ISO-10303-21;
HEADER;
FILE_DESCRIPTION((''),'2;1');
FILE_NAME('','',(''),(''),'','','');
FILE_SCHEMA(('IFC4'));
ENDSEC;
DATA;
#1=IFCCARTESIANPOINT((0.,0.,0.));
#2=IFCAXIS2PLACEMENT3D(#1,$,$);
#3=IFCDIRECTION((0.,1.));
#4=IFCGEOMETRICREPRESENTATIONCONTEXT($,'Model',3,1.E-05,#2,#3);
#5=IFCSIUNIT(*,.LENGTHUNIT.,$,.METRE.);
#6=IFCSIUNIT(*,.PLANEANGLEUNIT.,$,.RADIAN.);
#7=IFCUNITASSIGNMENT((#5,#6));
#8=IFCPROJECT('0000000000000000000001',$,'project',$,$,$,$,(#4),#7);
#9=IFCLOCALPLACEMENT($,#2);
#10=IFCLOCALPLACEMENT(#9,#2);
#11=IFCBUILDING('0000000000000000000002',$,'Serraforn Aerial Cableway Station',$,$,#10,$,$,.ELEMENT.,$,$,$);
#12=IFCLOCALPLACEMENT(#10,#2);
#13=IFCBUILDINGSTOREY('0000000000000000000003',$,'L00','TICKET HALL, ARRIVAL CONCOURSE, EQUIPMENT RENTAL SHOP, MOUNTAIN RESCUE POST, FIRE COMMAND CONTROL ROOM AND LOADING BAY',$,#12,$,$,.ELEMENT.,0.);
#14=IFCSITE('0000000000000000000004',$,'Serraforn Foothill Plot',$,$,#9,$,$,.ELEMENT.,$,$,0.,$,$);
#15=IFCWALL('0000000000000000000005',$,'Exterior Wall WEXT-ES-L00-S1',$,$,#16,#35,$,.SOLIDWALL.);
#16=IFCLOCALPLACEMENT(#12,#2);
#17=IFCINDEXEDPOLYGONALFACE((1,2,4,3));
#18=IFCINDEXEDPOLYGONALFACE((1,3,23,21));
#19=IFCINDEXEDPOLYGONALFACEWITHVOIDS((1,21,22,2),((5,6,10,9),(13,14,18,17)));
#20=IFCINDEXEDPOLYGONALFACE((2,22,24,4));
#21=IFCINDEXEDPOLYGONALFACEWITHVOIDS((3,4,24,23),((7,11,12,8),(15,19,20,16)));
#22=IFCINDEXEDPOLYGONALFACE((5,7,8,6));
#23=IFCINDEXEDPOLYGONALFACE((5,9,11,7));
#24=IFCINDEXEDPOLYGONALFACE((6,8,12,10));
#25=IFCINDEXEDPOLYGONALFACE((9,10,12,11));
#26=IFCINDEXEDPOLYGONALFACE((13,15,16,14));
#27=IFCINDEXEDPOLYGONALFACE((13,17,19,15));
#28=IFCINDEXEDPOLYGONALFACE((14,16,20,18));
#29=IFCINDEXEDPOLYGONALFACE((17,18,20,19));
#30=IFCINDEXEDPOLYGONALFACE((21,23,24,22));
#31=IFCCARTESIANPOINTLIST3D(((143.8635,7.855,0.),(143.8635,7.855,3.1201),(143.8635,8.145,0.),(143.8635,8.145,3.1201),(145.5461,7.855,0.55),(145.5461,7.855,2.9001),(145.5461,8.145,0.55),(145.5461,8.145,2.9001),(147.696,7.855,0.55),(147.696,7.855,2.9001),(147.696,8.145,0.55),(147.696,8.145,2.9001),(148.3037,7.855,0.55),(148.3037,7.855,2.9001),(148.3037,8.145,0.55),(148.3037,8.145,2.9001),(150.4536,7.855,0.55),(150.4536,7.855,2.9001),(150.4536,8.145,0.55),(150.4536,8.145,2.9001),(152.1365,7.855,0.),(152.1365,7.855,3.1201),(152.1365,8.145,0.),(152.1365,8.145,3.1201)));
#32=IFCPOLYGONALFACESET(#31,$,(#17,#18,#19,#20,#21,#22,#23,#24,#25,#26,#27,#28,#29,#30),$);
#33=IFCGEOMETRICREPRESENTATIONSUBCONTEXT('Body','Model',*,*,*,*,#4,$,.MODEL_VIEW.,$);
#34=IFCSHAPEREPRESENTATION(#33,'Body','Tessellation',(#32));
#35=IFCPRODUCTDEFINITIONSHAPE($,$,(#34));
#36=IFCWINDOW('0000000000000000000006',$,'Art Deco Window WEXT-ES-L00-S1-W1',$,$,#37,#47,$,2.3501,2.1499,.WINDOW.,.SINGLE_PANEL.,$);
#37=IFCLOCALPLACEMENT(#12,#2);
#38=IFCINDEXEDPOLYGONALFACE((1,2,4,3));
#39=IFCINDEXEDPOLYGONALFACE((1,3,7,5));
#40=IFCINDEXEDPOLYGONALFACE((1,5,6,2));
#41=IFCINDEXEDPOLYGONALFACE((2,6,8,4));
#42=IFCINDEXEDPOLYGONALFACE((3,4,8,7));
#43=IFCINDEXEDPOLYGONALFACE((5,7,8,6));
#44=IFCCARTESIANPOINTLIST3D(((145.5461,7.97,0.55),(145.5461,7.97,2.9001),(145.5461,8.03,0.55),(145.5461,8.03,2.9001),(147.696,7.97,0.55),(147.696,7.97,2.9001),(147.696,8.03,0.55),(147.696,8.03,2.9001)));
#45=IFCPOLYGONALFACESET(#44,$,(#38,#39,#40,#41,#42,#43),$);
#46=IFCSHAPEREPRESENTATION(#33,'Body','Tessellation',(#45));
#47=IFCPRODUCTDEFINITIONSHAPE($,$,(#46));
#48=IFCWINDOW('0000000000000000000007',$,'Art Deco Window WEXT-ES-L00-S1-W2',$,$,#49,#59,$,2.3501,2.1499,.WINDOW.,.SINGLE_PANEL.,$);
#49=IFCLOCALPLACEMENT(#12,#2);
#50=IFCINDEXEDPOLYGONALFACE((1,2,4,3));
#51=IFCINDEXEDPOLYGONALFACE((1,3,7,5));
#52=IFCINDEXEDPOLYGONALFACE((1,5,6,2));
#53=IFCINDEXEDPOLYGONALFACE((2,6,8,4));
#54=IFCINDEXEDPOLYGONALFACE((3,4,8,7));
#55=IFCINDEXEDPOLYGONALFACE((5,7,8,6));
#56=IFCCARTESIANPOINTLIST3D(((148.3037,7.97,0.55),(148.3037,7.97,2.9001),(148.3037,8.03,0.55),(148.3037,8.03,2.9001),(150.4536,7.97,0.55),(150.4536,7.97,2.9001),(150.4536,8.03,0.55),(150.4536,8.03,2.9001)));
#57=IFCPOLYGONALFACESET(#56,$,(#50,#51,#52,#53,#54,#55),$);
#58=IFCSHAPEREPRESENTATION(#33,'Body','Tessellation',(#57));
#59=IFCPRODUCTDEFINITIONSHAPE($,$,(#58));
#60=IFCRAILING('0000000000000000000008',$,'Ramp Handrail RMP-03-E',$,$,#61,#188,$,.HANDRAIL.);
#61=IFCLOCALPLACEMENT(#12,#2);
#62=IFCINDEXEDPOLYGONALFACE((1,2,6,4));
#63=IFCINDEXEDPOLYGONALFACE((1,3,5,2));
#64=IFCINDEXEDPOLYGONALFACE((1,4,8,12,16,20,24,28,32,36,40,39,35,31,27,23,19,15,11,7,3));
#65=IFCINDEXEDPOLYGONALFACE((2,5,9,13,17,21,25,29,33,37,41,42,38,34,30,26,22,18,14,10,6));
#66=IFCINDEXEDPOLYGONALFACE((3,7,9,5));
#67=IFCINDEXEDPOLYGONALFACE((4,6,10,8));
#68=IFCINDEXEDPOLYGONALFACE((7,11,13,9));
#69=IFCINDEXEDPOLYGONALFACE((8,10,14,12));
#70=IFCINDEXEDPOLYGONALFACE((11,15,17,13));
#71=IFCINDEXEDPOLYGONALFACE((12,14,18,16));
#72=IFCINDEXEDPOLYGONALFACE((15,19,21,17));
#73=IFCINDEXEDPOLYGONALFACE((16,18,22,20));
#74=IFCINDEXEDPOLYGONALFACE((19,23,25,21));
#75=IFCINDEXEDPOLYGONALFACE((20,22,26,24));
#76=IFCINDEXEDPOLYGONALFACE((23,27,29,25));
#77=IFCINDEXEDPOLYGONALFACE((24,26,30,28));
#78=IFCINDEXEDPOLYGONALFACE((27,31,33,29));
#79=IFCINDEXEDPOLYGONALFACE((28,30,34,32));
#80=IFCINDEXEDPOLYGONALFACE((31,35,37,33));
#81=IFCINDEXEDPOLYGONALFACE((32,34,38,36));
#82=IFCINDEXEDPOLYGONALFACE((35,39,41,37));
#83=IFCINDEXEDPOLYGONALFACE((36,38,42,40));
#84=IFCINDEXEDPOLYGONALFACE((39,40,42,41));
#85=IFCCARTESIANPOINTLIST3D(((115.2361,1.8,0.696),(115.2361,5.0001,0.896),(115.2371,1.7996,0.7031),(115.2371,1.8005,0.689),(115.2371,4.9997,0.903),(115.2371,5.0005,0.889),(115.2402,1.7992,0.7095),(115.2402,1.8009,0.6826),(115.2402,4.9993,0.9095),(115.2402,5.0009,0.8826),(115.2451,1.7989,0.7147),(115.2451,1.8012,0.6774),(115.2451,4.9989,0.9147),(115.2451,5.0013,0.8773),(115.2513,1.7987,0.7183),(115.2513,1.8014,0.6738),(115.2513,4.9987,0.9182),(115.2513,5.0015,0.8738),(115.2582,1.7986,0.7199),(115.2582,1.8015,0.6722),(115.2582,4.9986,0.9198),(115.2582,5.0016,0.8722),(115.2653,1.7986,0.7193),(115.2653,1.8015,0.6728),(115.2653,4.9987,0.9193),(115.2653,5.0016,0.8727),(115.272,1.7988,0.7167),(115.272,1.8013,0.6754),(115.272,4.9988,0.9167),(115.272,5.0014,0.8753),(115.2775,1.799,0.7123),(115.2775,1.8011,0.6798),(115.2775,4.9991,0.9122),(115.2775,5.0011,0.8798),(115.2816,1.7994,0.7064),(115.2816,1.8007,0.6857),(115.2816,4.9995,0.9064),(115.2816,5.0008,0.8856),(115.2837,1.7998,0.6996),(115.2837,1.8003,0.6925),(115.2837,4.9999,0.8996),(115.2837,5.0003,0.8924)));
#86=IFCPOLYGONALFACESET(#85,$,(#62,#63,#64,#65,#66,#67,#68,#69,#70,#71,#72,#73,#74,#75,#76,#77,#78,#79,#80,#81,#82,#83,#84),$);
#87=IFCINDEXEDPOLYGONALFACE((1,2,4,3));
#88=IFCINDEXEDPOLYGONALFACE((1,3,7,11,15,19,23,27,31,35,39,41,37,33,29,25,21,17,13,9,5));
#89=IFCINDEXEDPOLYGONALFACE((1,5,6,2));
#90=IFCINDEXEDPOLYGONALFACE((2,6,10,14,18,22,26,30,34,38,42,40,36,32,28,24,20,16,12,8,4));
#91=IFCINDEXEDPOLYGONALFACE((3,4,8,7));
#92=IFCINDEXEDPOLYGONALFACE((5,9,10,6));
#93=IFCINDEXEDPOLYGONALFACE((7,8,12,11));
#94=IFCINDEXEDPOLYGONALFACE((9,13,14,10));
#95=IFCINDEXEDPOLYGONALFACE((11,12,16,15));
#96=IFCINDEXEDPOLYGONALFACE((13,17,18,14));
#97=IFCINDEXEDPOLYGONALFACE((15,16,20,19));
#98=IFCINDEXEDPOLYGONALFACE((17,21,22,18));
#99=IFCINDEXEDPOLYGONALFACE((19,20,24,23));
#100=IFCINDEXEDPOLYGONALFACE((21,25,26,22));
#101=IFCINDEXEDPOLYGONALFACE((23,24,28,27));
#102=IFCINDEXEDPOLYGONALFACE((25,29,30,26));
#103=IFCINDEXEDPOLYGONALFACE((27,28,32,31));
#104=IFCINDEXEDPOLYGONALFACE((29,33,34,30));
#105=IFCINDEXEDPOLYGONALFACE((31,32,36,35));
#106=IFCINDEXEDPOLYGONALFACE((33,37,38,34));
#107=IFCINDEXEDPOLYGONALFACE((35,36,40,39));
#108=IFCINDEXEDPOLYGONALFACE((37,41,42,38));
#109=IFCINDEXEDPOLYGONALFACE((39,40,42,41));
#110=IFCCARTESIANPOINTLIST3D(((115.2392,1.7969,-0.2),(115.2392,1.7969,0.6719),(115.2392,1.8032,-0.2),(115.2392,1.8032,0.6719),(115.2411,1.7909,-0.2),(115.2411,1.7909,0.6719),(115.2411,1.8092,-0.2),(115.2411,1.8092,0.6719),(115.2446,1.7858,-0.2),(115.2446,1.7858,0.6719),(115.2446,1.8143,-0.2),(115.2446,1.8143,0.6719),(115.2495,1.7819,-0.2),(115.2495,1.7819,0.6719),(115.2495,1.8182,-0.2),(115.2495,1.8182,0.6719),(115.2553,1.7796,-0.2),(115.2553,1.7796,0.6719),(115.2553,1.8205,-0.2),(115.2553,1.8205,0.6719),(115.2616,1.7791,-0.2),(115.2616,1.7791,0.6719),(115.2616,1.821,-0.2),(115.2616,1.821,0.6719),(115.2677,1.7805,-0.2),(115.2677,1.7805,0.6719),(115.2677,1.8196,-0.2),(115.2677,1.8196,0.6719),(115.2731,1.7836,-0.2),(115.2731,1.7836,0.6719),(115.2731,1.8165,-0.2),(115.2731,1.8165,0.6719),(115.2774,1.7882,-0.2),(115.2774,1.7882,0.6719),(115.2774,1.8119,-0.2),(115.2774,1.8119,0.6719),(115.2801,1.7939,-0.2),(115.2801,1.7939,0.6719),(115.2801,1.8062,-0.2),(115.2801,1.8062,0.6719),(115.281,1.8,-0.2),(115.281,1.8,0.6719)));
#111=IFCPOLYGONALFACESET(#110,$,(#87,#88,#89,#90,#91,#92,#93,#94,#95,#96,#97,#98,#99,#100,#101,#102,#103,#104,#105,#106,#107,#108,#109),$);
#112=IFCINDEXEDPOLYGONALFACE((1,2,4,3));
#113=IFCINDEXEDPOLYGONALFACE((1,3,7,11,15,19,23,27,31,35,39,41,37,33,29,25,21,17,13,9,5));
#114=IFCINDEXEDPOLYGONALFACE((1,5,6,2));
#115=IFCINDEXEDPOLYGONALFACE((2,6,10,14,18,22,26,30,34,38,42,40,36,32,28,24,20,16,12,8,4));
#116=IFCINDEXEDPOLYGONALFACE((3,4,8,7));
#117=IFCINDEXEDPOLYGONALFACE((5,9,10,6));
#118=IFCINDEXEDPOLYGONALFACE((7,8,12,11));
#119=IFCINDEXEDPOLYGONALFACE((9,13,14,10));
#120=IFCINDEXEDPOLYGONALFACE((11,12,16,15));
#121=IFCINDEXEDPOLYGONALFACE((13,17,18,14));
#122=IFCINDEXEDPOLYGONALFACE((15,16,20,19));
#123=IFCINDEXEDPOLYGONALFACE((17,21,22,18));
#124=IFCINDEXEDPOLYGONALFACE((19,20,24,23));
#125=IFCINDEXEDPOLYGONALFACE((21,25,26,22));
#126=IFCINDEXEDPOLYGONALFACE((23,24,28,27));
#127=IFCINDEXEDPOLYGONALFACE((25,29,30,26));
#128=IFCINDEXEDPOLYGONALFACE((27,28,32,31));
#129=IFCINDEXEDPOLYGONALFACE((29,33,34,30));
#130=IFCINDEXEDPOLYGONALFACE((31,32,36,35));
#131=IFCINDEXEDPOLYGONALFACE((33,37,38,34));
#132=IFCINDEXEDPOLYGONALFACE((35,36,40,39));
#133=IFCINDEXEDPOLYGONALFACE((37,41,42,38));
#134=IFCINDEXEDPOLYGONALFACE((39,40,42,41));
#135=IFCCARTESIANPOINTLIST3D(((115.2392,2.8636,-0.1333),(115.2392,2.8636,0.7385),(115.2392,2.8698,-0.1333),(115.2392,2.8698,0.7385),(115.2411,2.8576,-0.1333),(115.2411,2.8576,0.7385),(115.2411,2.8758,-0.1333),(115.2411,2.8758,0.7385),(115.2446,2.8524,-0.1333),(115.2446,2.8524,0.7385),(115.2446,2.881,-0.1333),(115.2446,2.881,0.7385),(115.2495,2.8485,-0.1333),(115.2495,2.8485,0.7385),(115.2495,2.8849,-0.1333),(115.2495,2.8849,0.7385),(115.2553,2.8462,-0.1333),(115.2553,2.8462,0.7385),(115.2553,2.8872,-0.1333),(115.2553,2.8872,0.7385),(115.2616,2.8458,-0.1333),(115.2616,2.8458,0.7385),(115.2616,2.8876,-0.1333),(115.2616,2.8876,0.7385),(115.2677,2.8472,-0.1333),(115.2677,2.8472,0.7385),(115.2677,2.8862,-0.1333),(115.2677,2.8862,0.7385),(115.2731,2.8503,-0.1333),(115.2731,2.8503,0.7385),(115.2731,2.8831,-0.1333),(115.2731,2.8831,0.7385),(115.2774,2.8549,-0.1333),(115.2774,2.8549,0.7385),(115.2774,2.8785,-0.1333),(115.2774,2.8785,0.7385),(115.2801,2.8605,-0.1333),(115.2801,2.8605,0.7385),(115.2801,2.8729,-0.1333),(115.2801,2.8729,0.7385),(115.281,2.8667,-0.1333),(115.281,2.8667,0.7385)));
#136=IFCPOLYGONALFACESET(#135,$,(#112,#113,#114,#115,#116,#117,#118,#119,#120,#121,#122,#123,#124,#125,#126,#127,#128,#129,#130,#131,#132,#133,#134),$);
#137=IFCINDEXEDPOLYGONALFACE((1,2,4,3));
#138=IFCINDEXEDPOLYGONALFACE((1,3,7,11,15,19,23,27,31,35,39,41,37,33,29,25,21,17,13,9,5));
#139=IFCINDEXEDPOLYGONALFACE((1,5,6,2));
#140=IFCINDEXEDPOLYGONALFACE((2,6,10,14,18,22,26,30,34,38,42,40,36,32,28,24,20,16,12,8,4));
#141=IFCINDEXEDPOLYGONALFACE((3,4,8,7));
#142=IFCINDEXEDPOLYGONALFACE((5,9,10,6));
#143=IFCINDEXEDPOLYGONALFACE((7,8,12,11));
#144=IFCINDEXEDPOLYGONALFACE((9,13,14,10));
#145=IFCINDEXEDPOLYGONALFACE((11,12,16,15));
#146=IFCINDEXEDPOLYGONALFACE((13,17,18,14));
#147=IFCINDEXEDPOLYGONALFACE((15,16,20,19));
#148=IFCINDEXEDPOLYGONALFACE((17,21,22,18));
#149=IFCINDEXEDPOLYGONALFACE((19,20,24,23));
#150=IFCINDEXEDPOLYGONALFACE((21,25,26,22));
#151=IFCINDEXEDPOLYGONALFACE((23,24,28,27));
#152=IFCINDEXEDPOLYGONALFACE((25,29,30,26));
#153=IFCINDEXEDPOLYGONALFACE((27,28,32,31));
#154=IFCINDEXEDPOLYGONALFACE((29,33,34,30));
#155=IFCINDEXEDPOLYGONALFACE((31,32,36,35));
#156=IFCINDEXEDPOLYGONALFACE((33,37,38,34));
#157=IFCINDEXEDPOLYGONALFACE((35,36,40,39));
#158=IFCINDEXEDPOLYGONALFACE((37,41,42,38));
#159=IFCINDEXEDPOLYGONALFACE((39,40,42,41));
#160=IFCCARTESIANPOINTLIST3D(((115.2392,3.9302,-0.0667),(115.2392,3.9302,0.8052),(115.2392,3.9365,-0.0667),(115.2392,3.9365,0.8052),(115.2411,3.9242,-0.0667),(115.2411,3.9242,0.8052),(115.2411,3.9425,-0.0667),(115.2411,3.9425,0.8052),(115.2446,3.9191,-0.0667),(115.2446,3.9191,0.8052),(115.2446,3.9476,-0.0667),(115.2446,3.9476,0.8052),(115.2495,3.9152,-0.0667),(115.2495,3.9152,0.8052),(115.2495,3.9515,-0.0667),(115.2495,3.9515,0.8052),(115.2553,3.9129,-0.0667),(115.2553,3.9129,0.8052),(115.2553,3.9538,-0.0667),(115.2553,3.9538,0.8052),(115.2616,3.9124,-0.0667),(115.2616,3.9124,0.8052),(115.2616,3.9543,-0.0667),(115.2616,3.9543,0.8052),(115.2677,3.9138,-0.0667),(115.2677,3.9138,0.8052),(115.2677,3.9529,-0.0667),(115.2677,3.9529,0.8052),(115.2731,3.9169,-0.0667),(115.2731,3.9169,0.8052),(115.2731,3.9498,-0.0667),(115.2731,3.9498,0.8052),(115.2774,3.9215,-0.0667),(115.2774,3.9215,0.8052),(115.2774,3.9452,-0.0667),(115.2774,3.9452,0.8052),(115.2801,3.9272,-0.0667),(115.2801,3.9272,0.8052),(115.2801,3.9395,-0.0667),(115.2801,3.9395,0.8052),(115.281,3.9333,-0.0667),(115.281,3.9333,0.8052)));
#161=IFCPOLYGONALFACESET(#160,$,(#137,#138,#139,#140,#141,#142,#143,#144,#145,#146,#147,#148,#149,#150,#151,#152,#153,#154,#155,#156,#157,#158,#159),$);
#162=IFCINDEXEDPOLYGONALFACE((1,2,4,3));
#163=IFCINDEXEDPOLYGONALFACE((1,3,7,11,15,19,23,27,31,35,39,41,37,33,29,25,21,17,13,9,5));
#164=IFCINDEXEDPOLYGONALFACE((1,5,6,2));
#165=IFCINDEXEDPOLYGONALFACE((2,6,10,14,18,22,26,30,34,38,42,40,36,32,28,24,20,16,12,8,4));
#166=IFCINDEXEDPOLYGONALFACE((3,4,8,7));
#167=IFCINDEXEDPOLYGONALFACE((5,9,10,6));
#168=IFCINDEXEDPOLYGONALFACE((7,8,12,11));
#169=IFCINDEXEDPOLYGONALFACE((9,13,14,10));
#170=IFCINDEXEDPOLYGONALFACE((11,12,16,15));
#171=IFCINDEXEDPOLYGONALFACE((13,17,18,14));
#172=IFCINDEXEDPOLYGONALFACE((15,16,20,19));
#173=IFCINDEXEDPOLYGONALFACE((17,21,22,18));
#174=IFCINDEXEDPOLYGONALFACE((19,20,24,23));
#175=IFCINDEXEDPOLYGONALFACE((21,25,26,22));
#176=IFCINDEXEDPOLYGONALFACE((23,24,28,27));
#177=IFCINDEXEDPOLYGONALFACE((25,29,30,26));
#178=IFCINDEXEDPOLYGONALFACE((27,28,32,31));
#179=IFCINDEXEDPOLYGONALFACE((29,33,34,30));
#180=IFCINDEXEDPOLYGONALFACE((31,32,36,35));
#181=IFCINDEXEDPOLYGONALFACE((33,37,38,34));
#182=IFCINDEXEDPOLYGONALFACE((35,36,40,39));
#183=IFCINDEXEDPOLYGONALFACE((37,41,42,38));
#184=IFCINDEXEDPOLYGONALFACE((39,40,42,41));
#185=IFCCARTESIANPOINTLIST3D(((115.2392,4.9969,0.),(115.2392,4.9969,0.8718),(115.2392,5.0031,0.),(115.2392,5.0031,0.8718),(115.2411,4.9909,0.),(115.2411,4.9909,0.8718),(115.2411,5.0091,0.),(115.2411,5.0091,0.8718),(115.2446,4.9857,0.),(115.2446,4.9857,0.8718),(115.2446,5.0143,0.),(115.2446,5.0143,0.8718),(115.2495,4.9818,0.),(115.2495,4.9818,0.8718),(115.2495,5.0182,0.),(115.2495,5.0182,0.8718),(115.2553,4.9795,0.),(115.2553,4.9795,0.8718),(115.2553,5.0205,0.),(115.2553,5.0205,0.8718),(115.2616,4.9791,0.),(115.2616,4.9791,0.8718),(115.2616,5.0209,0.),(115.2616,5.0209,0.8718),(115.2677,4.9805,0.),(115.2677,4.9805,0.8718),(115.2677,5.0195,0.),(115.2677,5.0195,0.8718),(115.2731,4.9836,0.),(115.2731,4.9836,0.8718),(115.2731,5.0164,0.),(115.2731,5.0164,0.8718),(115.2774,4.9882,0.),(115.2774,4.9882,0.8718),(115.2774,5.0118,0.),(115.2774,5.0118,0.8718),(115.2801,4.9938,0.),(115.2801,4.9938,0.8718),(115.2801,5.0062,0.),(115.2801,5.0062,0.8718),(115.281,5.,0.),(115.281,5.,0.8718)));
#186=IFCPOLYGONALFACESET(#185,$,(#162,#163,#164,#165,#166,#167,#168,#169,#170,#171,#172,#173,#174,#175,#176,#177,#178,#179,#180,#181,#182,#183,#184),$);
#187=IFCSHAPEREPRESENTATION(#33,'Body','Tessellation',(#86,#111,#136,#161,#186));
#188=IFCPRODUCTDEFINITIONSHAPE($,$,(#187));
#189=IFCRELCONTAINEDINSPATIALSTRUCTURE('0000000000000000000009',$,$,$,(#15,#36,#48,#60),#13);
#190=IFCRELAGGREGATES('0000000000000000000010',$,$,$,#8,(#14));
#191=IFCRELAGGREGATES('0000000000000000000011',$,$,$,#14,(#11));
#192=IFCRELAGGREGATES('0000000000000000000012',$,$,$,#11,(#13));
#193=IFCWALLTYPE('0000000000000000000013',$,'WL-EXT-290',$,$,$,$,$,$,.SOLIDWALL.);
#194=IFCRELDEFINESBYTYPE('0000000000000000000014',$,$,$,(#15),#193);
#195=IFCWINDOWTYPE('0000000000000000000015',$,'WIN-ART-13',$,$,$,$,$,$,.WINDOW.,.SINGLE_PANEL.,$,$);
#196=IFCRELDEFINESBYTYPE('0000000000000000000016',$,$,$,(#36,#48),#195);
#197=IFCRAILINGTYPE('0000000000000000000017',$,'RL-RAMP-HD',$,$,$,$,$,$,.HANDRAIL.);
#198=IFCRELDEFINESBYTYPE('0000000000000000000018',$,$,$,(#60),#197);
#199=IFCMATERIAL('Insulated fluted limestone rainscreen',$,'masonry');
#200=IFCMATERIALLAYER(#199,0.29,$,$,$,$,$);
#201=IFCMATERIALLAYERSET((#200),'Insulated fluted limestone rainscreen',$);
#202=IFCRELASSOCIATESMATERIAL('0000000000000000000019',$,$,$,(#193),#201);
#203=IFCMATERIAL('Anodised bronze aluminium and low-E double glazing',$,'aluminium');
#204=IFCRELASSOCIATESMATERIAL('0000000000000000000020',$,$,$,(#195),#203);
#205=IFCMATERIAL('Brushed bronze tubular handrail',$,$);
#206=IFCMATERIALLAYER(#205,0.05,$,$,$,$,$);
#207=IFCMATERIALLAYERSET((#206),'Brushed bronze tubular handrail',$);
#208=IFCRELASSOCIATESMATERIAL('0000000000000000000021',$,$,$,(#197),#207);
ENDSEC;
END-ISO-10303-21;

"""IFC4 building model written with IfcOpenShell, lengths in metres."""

from ifc_helpers import new_model, si_unit, direction, frame, frame_2d, origin, origin_2d, place, context, subcontext, project, spatial, rectangle, circle, extrude, material, layer, layer_set, type_object, element, fill, save


model = new_model("IFC4")

# Units and contexts
model_context = context("Model", 3, precision=1e-05, world=origin(), true_north=direction((0.0, 1.0)))
body_context = subcontext(model_context, "Body", "Model", "MODEL_VIEW")
ifc_project = project(units=[si_unit("LENGTHUNIT", "METRE"), si_unit("PLANEANGLEUNIT", "RADIAN")], contexts=[model_context])

# Site, building, storey
site_placement = place(None, origin())
site = spatial("IfcSite", under=ifc_project, at=site_placement, Name="Serraforn Foothill Plot", CompositionType="ELEMENT", RefElevation=0.0)
building_placement = place(site_placement, origin())
building = spatial("IfcBuilding", under=site, at=building_placement, Name="Serraforn Aerial Cableway Station", CompositionType="ELEMENT")
storey_placement = place(building_placement, origin())
storey = spatial("IfcBuildingStorey", under=building, at=storey_placement, Name="L00", Description="TICKET HALL, ARRIVAL CONCOURSE, EQUIPMENT RENTAL SHOP, MOUNTAIN RESCUE POST, FIRE COMMAND CONTROL ROOM AND LOADING BAY", CompositionType="ELEMENT", Elevation=0.0)

# Wall, openings, windows
ifc_material_1 = material(Name="Insulated fluted limestone rainscreen", Category="masonry")
ifc_layer_1 = layer(ifc_material_1, 0.29)
ifc_layer_set_1 = layer_set([ifc_layer_1], Name="Insulated fluted limestone rainscreen")
wall_type = type_object("IfcWallType", Name="WL-EXT-290", PredefinedType="SOLIDWALL", material=ifc_layer_set_1)
wall_placement = place(storey_placement, frame((143.8635, 8.0, 0.0), z_axis=(0.0, 0.0, 1.0), x_axis=(1.0, 0.0, 0.0)))
wall = element("IfcWall", 1, at=wall_placement, inside=storey, type_object=wall_type, Name="Exterior Wall WEXT-ES-L00-S1", PredefinedType="SOLIDWALL", context=body_context, shape_type="SweptSolid", body=[
    extrude(rectangle(XDim=8.2729, YDim=0.29, at=frame_2d((4.1365, 0.0))), origin(), (0.0, 0.0, 1.0), 3.1201),
])
opening_1_placement = place(wall_placement, frame((1.6826, 0.0, 0.55)))
opening_1 = element("IfcOpeningElement", 2, at=opening_1_placement, cuts=wall, PredefinedType="OPENING", context=body_context, shape_type="SweptSolid", body=[
    extrude(rectangle(XDim=2.1499, YDim=2.3501, at=frame_2d((1.075, 1.175))), frame((0.0, 0.155, 0.0), z_axis=(0.0, -1.0, 0.0), x_axis=(1.0, 0.0, 0.0)), (0.0, 0.0, 1.0), 0.3101),
])
opening_2_placement = place(wall_placement, frame((4.4402, 0.0, 0.55)))
opening_2 = element("IfcOpeningElement", 3, at=opening_2_placement, cuts=wall, PredefinedType="OPENING", context=body_context, shape_type="SweptSolid", body=[
    extrude(rectangle(XDim=2.1499, YDim=2.3501, at=frame_2d((1.075, 1.175))), frame((0.0, 0.155, 0.0), z_axis=(0.0, -1.0, 0.0), x_axis=(1.0, 0.0, 0.0)), (0.0, 0.0, 1.0), 0.3101),
])
ifc_material_2 = material(Name="Anodised bronze aluminium and low-E double glazing", Category="aluminium")
window_type = type_object("IfcWindowType", Name="WIN-ART-13", PartitioningType="SINGLE_PANEL", PredefinedType="WINDOW", material=ifc_material_2)
window_1_placement = place(opening_1_placement, origin())
window_1 = element("IfcWindow", 4, at=window_1_placement, inside=storey, type_object=window_type, Name="Art Deco Window WEXT-ES-L00-S1-W1", OverallHeight=2.3501, OverallWidth=2.1499, PartitioningType="SINGLE_PANEL", PredefinedType="WINDOW", context=body_context, shape_type="SweptSolid", body=[
    extrude(rectangle(XDim=2.1499, YDim=2.3501, at=frame_2d((1.075, 1.175))), frame((0.0, 0.03, 0.0), z_axis=(0.0, -1.0, 0.0), x_axis=(1.0, 0.0, 0.0)), (0.0, 0.0, 1.0), 0.0601),
])
fill(opening_1, window_1)
window_2_placement = place(opening_2_placement, origin())
window_2 = element("IfcWindow", 5, at=window_2_placement, inside=storey, type_object=window_type, Name="Art Deco Window WEXT-ES-L00-S1-W2", OverallHeight=2.3501, OverallWidth=2.1499, PartitioningType="SINGLE_PANEL", PredefinedType="WINDOW", context=body_context, shape_type="SweptSolid", body=[
    extrude(rectangle(XDim=2.1499, YDim=2.3501, at=frame_2d((1.075, 1.175))), frame((0.0, 0.03, 0.0), z_axis=(0.0, -1.0, 0.0), x_axis=(1.0, 0.0, 0.0)), (0.0, 0.0, 1.0), 0.0601),
])
fill(opening_2, window_2)

# Railing
ifc_material_3 = material(Name="Brushed bronze tubular handrail")
ifc_layer_2 = layer(ifc_material_3, 0.05)
ifc_layer_set_2 = layer_set([ifc_layer_2], Name="Brushed bronze tubular handrail")
railing_type_1 = type_object("IfcRailingType", Name="RL-RAMP-HD", PredefinedType="HANDRAIL", material=ifc_layer_set_2)
for number, where, name in (
    (6, (115.26, 1.8, -0.2), "Ramp Handrail RMP-03-E"),
):
    element("IfcRailing", number, at=place(storey_placement, frame(where)), inside=storey, type_object=railing_type_1, Name=name, PredefinedType="HANDRAIL", context=body_context, shape_type="SweptSolid", body=[
        extrude(circle(Radius=0.0239, at=origin_2d()), frame((0.0, 0.0, 0.896), z_axis=(0.0, 0.998053, 0.062364), x_axis=(-1.0, 0.0, 0.0)), (0.0, 0.0, 1.0), 3.2063),
        extrude(circle(Radius=0.021, at=origin_2d()), origin(), (0.0, 0.0, 1.0), 0.8718),
        extrude(circle(Radius=0.021, at=origin_2d()), frame((0.0, 1.0667, 0.0667)), (0.0, 0.0, 1.0), 0.8718),
        extrude(circle(Radius=0.021, at=origin_2d()), frame((0.0, 2.1333, 0.1333)), (0.0, 0.0, 1.0), 0.8718),
        extrude(circle(Radius=0.021, at=origin_2d()), frame((0.0, 3.2, 0.2)), (0.0, 0.0, 1.0), 0.8718),
    ])

save(model, "model.ifc")
